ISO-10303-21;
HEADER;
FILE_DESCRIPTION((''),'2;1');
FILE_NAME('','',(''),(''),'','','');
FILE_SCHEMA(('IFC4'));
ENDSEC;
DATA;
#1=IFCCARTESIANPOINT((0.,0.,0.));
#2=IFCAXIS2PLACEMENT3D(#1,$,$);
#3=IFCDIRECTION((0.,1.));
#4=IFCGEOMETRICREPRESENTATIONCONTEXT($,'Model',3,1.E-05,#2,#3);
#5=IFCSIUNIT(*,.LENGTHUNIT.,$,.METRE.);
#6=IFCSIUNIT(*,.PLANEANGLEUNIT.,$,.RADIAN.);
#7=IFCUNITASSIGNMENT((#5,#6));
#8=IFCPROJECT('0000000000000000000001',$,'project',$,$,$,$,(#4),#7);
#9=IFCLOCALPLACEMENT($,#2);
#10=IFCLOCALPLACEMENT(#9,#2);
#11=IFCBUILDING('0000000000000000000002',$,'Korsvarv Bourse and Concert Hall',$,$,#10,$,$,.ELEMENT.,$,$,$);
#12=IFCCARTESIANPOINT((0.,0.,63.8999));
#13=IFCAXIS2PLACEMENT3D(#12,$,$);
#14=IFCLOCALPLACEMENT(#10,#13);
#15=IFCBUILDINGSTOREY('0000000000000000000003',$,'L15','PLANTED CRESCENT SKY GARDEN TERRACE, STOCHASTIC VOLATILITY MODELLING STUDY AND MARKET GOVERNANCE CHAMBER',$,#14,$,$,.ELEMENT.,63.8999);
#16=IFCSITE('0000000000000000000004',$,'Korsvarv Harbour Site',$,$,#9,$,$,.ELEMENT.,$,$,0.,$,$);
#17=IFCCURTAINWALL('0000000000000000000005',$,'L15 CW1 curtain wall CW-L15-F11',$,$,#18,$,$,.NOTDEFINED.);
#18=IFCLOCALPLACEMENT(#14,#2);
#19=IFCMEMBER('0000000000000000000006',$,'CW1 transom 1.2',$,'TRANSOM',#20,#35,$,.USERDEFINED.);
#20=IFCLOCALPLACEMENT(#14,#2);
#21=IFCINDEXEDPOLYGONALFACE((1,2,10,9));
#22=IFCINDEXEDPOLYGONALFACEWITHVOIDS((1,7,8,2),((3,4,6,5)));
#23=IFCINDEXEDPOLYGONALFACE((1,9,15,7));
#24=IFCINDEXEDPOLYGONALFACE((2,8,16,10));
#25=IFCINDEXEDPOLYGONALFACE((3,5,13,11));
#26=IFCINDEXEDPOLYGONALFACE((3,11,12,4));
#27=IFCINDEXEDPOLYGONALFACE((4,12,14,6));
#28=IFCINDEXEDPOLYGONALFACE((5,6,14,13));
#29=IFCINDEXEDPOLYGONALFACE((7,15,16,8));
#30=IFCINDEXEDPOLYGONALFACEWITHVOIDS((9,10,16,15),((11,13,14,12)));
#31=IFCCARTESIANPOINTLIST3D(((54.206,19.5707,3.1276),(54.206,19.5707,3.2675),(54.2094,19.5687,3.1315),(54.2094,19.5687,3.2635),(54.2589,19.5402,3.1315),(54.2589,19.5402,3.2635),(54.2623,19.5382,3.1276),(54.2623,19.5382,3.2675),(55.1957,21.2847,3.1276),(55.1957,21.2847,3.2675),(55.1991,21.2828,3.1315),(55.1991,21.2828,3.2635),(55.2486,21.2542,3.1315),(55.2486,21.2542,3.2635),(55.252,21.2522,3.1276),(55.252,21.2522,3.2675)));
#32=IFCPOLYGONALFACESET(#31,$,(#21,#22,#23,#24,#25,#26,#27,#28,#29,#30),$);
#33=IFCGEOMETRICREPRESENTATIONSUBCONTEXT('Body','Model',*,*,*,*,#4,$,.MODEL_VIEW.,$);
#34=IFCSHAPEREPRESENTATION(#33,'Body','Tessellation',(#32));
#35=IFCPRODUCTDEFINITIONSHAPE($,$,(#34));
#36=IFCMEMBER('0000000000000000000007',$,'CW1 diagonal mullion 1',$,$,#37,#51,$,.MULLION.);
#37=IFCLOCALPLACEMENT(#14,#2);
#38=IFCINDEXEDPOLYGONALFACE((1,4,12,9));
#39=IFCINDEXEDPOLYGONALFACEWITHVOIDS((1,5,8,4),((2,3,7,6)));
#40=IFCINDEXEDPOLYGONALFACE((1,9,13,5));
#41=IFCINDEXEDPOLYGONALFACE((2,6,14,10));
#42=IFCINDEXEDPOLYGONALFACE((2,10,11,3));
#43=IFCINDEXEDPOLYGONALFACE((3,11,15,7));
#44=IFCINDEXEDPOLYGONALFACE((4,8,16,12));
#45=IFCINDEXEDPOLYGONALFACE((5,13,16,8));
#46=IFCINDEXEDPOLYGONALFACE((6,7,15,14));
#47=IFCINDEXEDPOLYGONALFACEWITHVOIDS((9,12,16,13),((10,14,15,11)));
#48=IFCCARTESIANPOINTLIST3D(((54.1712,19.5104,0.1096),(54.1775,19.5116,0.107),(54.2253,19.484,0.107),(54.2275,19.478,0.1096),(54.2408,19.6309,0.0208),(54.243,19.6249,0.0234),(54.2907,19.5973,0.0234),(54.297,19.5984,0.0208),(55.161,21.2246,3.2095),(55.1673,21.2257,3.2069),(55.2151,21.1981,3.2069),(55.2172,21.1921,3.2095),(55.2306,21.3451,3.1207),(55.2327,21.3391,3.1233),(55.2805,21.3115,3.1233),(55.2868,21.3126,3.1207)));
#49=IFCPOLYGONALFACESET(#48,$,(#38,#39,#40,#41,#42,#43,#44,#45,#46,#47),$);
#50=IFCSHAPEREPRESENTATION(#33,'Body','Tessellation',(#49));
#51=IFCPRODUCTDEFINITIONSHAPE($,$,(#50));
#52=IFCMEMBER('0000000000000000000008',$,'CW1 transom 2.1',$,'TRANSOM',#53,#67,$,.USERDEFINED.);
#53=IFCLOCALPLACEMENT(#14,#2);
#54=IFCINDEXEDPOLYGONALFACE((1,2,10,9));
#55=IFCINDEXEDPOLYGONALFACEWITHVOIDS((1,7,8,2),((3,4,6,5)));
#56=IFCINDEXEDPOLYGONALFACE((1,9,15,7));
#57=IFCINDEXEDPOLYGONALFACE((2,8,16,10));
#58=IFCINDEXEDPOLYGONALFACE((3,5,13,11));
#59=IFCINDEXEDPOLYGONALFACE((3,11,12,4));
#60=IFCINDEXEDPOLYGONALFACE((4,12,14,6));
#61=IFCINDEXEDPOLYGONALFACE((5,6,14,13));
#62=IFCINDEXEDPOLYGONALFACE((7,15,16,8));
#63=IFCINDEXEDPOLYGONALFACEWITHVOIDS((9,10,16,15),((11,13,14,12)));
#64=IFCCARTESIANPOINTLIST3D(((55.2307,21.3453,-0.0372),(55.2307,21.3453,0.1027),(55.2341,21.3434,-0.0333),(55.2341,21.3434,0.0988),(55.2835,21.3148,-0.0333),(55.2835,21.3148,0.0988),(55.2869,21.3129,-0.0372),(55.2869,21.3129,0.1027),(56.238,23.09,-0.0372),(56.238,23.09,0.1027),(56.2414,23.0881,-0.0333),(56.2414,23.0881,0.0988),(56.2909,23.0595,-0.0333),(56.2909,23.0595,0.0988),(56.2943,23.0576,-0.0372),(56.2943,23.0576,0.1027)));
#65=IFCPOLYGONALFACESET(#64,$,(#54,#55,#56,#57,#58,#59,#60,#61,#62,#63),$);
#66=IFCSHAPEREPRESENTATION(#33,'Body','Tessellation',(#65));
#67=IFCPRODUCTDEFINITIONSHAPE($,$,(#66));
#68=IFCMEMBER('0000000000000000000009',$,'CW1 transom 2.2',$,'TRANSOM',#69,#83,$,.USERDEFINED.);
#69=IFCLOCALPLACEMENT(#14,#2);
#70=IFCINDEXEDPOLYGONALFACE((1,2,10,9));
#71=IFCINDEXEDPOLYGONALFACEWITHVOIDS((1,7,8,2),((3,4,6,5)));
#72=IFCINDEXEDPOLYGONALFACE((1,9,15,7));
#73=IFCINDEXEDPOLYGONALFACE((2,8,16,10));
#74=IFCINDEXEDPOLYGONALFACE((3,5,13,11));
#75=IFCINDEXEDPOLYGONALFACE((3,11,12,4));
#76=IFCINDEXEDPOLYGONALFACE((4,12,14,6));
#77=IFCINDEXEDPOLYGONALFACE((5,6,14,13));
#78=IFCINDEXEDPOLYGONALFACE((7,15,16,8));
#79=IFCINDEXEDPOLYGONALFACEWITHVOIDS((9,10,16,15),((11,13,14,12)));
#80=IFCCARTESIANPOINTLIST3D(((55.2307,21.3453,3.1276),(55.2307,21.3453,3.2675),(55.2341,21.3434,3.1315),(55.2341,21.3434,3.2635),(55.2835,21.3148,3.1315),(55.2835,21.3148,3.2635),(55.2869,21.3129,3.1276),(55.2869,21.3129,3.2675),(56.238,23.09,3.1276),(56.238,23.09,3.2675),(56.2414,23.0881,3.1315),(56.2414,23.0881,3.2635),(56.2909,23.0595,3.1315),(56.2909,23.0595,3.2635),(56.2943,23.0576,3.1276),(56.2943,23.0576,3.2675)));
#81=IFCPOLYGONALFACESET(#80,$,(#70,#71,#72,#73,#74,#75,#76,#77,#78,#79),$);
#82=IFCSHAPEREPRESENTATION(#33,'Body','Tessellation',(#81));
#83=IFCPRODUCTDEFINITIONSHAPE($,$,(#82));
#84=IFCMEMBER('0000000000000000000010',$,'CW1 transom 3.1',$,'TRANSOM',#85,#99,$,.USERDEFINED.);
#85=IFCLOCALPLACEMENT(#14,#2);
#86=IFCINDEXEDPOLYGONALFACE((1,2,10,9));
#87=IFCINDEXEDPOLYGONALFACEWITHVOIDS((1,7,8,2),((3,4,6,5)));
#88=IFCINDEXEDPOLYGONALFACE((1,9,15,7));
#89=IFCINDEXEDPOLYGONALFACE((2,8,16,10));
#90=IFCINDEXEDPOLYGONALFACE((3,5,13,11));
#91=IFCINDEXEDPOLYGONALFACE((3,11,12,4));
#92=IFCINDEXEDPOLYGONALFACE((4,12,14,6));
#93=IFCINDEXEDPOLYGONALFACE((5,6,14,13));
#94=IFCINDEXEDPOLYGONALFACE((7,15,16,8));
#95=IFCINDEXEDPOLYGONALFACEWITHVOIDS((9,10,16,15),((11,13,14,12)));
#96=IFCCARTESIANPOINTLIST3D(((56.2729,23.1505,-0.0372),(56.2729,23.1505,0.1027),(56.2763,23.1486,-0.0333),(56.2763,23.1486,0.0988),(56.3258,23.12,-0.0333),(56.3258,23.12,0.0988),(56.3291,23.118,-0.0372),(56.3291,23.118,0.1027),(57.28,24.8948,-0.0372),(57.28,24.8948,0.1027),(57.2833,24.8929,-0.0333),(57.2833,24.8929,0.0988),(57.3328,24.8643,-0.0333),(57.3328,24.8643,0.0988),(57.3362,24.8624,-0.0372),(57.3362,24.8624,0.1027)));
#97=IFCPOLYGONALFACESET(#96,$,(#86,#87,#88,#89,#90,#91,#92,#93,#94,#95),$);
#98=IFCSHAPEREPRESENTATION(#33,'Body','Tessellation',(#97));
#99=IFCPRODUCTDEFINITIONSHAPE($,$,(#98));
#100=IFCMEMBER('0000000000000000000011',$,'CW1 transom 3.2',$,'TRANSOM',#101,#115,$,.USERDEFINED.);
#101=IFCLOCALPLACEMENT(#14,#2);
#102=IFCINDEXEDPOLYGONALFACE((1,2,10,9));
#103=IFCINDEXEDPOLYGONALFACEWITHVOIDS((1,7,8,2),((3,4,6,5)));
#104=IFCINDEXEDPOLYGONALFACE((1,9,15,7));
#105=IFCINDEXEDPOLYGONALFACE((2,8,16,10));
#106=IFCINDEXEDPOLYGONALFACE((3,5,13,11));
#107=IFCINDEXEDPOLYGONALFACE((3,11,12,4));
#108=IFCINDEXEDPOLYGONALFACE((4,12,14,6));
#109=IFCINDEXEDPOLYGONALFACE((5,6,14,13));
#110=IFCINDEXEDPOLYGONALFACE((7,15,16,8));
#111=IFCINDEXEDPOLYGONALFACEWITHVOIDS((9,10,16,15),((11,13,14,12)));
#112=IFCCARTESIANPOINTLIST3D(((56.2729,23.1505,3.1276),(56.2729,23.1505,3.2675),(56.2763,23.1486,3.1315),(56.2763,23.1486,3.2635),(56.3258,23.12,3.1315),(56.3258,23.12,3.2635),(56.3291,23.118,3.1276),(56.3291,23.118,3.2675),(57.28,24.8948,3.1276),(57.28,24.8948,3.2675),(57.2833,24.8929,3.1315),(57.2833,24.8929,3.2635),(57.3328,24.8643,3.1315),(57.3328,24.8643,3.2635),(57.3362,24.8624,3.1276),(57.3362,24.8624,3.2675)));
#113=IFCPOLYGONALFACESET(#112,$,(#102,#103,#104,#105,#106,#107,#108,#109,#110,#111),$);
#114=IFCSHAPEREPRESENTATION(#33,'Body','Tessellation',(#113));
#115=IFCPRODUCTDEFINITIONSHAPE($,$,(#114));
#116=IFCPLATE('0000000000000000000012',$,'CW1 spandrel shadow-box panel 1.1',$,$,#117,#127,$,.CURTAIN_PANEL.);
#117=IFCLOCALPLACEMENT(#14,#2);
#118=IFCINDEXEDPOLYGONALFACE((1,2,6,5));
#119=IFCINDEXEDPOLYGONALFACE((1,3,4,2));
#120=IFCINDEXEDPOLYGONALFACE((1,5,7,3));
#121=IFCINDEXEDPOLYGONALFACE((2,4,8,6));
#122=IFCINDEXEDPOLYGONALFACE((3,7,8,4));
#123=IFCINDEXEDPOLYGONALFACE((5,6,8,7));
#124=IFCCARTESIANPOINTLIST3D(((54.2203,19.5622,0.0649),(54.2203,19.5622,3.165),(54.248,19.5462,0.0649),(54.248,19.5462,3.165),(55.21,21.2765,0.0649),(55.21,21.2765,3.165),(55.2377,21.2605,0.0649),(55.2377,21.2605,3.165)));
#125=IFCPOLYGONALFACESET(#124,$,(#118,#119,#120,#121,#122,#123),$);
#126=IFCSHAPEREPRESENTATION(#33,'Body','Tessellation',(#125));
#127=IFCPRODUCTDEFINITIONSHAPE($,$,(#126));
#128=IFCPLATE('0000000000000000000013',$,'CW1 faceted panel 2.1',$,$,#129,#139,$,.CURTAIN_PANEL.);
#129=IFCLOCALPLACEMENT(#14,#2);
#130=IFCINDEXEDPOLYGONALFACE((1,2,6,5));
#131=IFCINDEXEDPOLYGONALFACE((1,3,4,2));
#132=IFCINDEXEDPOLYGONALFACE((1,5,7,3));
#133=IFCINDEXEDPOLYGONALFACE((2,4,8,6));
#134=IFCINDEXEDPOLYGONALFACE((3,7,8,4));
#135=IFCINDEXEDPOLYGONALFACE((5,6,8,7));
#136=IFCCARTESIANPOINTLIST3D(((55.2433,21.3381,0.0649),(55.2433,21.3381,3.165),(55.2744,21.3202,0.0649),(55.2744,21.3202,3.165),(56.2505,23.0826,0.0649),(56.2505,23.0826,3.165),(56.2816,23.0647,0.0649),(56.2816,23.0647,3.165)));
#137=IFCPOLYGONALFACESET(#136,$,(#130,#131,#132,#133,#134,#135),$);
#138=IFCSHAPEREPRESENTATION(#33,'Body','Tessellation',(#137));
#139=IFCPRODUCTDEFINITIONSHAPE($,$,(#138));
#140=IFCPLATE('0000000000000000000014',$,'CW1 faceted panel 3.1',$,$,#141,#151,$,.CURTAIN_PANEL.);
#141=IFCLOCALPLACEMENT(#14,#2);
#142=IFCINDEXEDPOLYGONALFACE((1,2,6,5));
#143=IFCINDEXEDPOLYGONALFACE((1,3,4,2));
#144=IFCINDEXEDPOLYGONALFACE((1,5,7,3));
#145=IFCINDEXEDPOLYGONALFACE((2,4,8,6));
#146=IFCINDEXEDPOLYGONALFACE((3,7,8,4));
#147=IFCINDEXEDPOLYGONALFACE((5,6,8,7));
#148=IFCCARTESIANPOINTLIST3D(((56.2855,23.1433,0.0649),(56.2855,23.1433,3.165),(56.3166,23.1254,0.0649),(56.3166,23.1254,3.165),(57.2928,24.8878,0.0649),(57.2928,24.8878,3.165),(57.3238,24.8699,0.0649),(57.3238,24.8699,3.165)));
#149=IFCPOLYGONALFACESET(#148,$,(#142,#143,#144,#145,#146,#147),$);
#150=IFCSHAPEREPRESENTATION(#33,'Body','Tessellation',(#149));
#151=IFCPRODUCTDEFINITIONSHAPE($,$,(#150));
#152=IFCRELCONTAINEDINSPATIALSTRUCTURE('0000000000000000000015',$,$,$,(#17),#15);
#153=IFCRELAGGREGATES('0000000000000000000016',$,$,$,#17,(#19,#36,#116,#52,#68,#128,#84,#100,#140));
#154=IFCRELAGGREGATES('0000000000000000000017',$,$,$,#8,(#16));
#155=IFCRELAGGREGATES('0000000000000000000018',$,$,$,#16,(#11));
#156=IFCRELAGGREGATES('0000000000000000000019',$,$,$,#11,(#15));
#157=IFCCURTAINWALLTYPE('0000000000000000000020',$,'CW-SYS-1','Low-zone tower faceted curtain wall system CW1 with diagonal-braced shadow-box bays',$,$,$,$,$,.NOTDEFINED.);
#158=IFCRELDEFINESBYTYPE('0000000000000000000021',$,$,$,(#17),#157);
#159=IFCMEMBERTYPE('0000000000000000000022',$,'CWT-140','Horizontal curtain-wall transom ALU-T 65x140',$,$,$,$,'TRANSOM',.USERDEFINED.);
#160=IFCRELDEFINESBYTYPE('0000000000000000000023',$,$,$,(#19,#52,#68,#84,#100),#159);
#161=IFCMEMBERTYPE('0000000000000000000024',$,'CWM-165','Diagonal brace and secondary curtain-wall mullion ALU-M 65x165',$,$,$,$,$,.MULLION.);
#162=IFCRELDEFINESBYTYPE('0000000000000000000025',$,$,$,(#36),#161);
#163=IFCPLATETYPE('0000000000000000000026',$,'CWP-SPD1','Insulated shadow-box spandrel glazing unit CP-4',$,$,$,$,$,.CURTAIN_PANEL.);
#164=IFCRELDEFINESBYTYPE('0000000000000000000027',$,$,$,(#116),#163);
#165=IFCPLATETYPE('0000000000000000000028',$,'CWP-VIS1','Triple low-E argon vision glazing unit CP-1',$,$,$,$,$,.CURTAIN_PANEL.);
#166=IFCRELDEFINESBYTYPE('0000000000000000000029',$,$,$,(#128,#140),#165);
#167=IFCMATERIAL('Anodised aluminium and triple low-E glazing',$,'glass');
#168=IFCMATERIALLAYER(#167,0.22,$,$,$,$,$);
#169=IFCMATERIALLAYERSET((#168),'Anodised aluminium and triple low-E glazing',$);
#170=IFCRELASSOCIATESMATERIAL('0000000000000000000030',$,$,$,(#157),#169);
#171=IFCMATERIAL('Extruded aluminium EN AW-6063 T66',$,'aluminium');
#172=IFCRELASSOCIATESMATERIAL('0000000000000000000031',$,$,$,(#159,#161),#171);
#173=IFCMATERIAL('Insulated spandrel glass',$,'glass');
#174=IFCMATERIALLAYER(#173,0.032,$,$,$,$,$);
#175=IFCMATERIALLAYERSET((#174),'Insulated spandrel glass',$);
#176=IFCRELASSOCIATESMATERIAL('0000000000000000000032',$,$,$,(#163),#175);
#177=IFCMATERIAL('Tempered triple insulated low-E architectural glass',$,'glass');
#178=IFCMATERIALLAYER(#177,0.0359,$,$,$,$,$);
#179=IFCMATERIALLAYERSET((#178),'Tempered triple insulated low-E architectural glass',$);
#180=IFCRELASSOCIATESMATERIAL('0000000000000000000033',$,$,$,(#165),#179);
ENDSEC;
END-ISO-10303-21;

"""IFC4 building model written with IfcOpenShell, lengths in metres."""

from ifc_helpers import new_model, si_unit, direction, frame, origin, origin_2d, place, context, subcontext, project, spatial, rectangle, hollow_rectangle, extrude, source, transform, mapped, material, layer, layer_set, material_profile, profile_set, type_object, element, aggregate, save


model = new_model("IFC4")

# Units and contexts
model_context = context("Model", 3, precision=1e-05, world=origin(), true_north=direction((0.0, 1.0)))
body_context = subcontext(model_context, "Body", "Model", "MODEL_VIEW")
ifc_project = project(units=[si_unit("LENGTHUNIT", "METRE"), si_unit("PLANEANGLEUNIT", "RADIAN")], contexts=[model_context])

# Site, building, storey
site_placement = place(None, origin())
site = spatial("IfcSite", under=ifc_project, at=site_placement, Name="Korsvarv Harbour Site", CompositionType="ELEMENT", RefElevation=0.0)
building_placement = place(site_placement, origin())
building = spatial("IfcBuilding", under=site, at=building_placement, Name="Korsvarv Bourse and Concert Hall", CompositionType="ELEMENT")
storey_placement = place(building_placement, frame((0.0, 0.0, 63.8999)))
storey = spatial("IfcBuildingStorey", under=building, at=storey_placement, Name="L15", Description="PLANTED CRESCENT SKY GARDEN TERRACE, STOCHASTIC VOLATILITY MODELLING STUDY AND MARKET GOVERNANCE CHAMBER", CompositionType="ELEMENT", Elevation=63.8999)

# Curtain wall, members, plates
ifc_material_1 = material(Name="Anodised aluminium and triple low-E glazing", Category="glass")
ifc_layer_1 = layer(ifc_material_1, 0.22)
ifc_layer_set_1 = layer_set([ifc_layer_1], Name="Anodised aluminium and triple low-E glazing")
curtain_wall_type = type_object("IfcCurtainWallType", Name="CW-SYS-1", Description="Low-zone tower faceted curtain wall system CW1 with diagonal-braced shadow-box bays", PredefinedType="NOTDEFINED", material=ifc_layer_set_1)
curtain_wall_placement = place(storey_placement, origin())
curtain_wall = element("IfcCurtainWall", 1, at=curtain_wall_placement, inside=storey, type_object=curtain_wall_type, Name="L15 CW1 curtain wall CW-L15-F11", PredefinedType="NOTDEFINED")
ifc_material_2 = material(Name="Extruded aluminium EN AW-6063 T66", Category="aluminium")
ifc_material_profile_1 = material_profile(ifc_material_2, hollow_rectangle(XDim=0.0649, YDim=0.1399, WallThickness=0.0039, at=origin_2d()), Name="ALU-T 65x140")
ifc_profile_set_1 = profile_set([ifc_material_profile_1], Name="Extruded aluminium EN AW-6063 T66")
member_type_1 = type_object("IfcMemberType", Name="CWT-140", Description="Horizontal curtain-wall transom ALU-T 65x140", ElementType="TRANSOM", PredefinedType="USERDEFINED", material=ifc_profile_set_1)
shared_shape_1 = source(origin(), body_context, "Body", "SweptSolid", [
    extrude(hollow_rectangle(XDim=0.0649, YDim=0.1399, WallThickness=0.0039, at=origin_2d()), origin(), (0.0, 0.0, 1.0), 1.9792),
])
member_1_placement = place(storey_placement, frame((54.2341, 19.5544, 3.1975), z_axis=(0.500039, 0.866003, 0.0), x_axis=(-0.866003, 0.500039, 0.0)))
member_1 = element("IfcMember", 2, at=member_1_placement, type_object=member_type_1, Name="CW1 transom 1.2", ObjectType="TRANSOM", PredefinedType="USERDEFINED", context=body_context, shape_type="MappedRepresentation", body=[
    mapped(shared_shape_1, transform((0.0, 0.0, 0.0), scale=1.0)),
])
ifc_material_profile_2 = material_profile(ifc_material_2, hollow_rectangle(XDim=0.0649, YDim=0.165, WallThickness=0.0049, at=origin_2d()), Name="ALU-M 65x165")
ifc_profile_set_2 = profile_set([ifc_material_profile_2], Name="Extruded aluminium EN AW-6063 T66")
member_type_2 = type_object("IfcMemberType", Name="CWM-165", Description="Diagonal brace and secondary curtain-wall mullion ALU-M 65x165", PredefinedType="MULLION", material=ifc_profile_set_2)
shared_shape_2 = source(origin(), body_context, "Body", "SweptSolid", [
    extrude(hollow_rectangle(XDim=0.0649, YDim=0.165, WallThickness=0.0049, at=origin_2d()), origin(), (0.0, 0.0, 1.0), 3.678),
])
member_2_placement = place(storey_placement, frame((54.2341, 19.5544, 0.0652), z_axis=(0.269107, 0.466058, 0.842835), x_axis=(-0.866003, 0.500039, 0.0)))
member_2 = element("IfcMember", 3, at=member_2_placement, type_object=member_type_2, Name="CW1 diagonal mullion 1", PredefinedType="MULLION", context=body_context, shape_type="MappedRepresentation", body=[
    mapped(shared_shape_2, transform((0.0, 0.0, 0.0), scale=1.0)),
])
shared_shape_3 = source(origin(), body_context, "Body", "SweptSolid", [
    extrude(hollow_rectangle(XDim=0.0649, YDim=0.1399, WallThickness=0.0039, at=origin_2d()), origin(), (0.0, 0.0, 1.0), 2.0146),
])
member_3_placement = place(storey_placement, frame((55.2588, 21.3291, 0.0327), z_axis=(0.500023, 0.866012, 0.0), x_axis=(-0.866012, 0.500023, 0.0)))
member_3 = element("IfcMember", 4, at=member_3_placement, type_object=member_type_1, Name="CW1 transom 2.1", ObjectType="TRANSOM", PredefinedType="USERDEFINED", context=body_context, shape_type="MappedRepresentation", body=[
    mapped(shared_shape_3, transform((0.0, 0.0, 0.0), scale=1.0)),
])
member_4_placement = place(storey_placement, frame((55.2588, 21.3291, 3.1975), z_axis=(0.500023, 0.866012, 0.0), x_axis=(-0.866012, 0.500023, 0.0)))
member_4 = element("IfcMember", 5, at=member_4_placement, type_object=member_type_1, Name="CW1 transom 2.2", ObjectType="TRANSOM", PredefinedType="USERDEFINED", context=body_context, shape_type="MappedRepresentation", body=[
    mapped(shared_shape_3, transform((0.0, 0.0, 0.0), scale=1.0)),
])
shared_shape_4 = source(origin(), body_context, "Body", "SweptSolid", [
    extrude(hollow_rectangle(XDim=0.0649, YDim=0.1399, WallThickness=0.0039, at=origin_2d()), origin(), (0.0, 0.0, 1.0), 2.0142),
])
member_5_placement = place(storey_placement, frame((56.301, 23.1343, 0.0327), z_axis=(0.499985, 0.866034, 0.0), x_axis=(-0.866034, 0.499985, 0.0)))
member_5 = element("IfcMember", 6, at=member_5_placement, type_object=member_type_1, Name="CW1 transom 3.1", ObjectType="TRANSOM", PredefinedType="USERDEFINED", context=body_context, shape_type="MappedRepresentation", body=[
    mapped(shared_shape_4, transform((0.0, 0.0, 0.0), scale=1.0)),
])
member_6_placement = place(storey_placement, frame((56.301, 23.1343, 3.1975), z_axis=(0.499985, 0.866034, 0.0), x_axis=(-0.866034, 0.499985, 0.0)))
member_6 = element("IfcMember", 7, at=member_6_placement, type_object=member_type_1, Name="CW1 transom 3.2", ObjectType="TRANSOM", PredefinedType="USERDEFINED", context=body_context, shape_type="MappedRepresentation", body=[
    mapped(shared_shape_4, transform((0.0, 0.0, 0.0), scale=1.0)),
])
ifc_material_3 = material(Name="Insulated spandrel glass", Category="glass")
ifc_layer_2 = layer(ifc_material_3, 0.032)
ifc_layer_set_2 = layer_set([ifc_layer_2], Name="Insulated spandrel glass")
plate_type_1 = type_object("IfcPlateType", Name="CWP-SPD1", Description="Insulated shadow-box spandrel glazing unit CP-4", PredefinedType="CURTAIN_PANEL", material=ifc_layer_set_2)
shared_shape_5 = source(origin(), body_context, "Body", "SweptSolid", [
    extrude(rectangle(XDim=1.9795, YDim=0.032, at=origin_2d()), origin(), (0.0, 0.0, 1.0), 3.1001),
])
plate_1_placement = place(storey_placement, frame((54.729, 20.4114, 0.0649), z_axis=(0.0, 0.0, 1.0), x_axis=(0.500006, 0.866022, 0.0)))
plate_1 = element("IfcPlate", 8, at=plate_1_placement, type_object=plate_type_1, Name="CW1 spandrel shadow-box panel 1.1", PredefinedType="CURTAIN_PANEL", context=body_context, shape_type="MappedRepresentation", body=[
    mapped(shared_shape_5, transform((0.0, 0.0, 0.0), scale=1.0)),
])
ifc_material_4 = material(Name="Tempered triple insulated low-E architectural glass", Category="glass")
ifc_layer_3 = layer(ifc_material_4, 0.0359)
ifc_layer_set_3 = layer_set([ifc_layer_3], Name="Tempered triple insulated low-E architectural glass")
plate_type_2 = type_object("IfcPlateType", Name="CWP-VIS1", Description="Triple low-E argon vision glazing unit CP-1", PredefinedType="CURTAIN_PANEL", material=ifc_layer_set_3)
shared_shape_6 = source(origin(), body_context, "Body", "SweptSolid", [
    extrude(rectangle(XDim=2.0144, YDim=0.0359, at=origin_2d()), origin(), (0.0, 0.0, 1.0), 3.1001),
])
plate_2_placement = place(storey_placement, frame((55.7625, 22.2014, 0.0649), z_axis=(0.0, 0.0, 1.0), x_axis=(0.500006, 0.866022, 0.0)))
plate_2 = element("IfcPlate", 9, at=plate_2_placement, type_object=plate_type_2, Name="CW1 faceted panel 2.1", PredefinedType="CURTAIN_PANEL", context=body_context, shape_type="MappedRepresentation", body=[
    mapped(shared_shape_6, transform((0.0, 0.0, 0.0), scale=1.0)),
])
plate_3_placement = place(storey_placement, frame((56.8047, 24.0066, 0.0649), z_axis=(0.0, 0.0, 1.0), x_axis=(0.500006, 0.866022, 0.0)))
plate_3 = element("IfcPlate", 10, at=plate_3_placement, type_object=plate_type_2, Name="CW1 faceted panel 3.1", PredefinedType="CURTAIN_PANEL", context=body_context, shape_type="MappedRepresentation", body=[
    mapped(shared_shape_6, transform((0.0, 0.0, 0.0), scale=1.0)),
])
aggregate(curtain_wall, [member_1, member_2, plate_1, member_3, member_4, plate_2, member_5, member_6, plate_3])

save(model, "model.ifc")
